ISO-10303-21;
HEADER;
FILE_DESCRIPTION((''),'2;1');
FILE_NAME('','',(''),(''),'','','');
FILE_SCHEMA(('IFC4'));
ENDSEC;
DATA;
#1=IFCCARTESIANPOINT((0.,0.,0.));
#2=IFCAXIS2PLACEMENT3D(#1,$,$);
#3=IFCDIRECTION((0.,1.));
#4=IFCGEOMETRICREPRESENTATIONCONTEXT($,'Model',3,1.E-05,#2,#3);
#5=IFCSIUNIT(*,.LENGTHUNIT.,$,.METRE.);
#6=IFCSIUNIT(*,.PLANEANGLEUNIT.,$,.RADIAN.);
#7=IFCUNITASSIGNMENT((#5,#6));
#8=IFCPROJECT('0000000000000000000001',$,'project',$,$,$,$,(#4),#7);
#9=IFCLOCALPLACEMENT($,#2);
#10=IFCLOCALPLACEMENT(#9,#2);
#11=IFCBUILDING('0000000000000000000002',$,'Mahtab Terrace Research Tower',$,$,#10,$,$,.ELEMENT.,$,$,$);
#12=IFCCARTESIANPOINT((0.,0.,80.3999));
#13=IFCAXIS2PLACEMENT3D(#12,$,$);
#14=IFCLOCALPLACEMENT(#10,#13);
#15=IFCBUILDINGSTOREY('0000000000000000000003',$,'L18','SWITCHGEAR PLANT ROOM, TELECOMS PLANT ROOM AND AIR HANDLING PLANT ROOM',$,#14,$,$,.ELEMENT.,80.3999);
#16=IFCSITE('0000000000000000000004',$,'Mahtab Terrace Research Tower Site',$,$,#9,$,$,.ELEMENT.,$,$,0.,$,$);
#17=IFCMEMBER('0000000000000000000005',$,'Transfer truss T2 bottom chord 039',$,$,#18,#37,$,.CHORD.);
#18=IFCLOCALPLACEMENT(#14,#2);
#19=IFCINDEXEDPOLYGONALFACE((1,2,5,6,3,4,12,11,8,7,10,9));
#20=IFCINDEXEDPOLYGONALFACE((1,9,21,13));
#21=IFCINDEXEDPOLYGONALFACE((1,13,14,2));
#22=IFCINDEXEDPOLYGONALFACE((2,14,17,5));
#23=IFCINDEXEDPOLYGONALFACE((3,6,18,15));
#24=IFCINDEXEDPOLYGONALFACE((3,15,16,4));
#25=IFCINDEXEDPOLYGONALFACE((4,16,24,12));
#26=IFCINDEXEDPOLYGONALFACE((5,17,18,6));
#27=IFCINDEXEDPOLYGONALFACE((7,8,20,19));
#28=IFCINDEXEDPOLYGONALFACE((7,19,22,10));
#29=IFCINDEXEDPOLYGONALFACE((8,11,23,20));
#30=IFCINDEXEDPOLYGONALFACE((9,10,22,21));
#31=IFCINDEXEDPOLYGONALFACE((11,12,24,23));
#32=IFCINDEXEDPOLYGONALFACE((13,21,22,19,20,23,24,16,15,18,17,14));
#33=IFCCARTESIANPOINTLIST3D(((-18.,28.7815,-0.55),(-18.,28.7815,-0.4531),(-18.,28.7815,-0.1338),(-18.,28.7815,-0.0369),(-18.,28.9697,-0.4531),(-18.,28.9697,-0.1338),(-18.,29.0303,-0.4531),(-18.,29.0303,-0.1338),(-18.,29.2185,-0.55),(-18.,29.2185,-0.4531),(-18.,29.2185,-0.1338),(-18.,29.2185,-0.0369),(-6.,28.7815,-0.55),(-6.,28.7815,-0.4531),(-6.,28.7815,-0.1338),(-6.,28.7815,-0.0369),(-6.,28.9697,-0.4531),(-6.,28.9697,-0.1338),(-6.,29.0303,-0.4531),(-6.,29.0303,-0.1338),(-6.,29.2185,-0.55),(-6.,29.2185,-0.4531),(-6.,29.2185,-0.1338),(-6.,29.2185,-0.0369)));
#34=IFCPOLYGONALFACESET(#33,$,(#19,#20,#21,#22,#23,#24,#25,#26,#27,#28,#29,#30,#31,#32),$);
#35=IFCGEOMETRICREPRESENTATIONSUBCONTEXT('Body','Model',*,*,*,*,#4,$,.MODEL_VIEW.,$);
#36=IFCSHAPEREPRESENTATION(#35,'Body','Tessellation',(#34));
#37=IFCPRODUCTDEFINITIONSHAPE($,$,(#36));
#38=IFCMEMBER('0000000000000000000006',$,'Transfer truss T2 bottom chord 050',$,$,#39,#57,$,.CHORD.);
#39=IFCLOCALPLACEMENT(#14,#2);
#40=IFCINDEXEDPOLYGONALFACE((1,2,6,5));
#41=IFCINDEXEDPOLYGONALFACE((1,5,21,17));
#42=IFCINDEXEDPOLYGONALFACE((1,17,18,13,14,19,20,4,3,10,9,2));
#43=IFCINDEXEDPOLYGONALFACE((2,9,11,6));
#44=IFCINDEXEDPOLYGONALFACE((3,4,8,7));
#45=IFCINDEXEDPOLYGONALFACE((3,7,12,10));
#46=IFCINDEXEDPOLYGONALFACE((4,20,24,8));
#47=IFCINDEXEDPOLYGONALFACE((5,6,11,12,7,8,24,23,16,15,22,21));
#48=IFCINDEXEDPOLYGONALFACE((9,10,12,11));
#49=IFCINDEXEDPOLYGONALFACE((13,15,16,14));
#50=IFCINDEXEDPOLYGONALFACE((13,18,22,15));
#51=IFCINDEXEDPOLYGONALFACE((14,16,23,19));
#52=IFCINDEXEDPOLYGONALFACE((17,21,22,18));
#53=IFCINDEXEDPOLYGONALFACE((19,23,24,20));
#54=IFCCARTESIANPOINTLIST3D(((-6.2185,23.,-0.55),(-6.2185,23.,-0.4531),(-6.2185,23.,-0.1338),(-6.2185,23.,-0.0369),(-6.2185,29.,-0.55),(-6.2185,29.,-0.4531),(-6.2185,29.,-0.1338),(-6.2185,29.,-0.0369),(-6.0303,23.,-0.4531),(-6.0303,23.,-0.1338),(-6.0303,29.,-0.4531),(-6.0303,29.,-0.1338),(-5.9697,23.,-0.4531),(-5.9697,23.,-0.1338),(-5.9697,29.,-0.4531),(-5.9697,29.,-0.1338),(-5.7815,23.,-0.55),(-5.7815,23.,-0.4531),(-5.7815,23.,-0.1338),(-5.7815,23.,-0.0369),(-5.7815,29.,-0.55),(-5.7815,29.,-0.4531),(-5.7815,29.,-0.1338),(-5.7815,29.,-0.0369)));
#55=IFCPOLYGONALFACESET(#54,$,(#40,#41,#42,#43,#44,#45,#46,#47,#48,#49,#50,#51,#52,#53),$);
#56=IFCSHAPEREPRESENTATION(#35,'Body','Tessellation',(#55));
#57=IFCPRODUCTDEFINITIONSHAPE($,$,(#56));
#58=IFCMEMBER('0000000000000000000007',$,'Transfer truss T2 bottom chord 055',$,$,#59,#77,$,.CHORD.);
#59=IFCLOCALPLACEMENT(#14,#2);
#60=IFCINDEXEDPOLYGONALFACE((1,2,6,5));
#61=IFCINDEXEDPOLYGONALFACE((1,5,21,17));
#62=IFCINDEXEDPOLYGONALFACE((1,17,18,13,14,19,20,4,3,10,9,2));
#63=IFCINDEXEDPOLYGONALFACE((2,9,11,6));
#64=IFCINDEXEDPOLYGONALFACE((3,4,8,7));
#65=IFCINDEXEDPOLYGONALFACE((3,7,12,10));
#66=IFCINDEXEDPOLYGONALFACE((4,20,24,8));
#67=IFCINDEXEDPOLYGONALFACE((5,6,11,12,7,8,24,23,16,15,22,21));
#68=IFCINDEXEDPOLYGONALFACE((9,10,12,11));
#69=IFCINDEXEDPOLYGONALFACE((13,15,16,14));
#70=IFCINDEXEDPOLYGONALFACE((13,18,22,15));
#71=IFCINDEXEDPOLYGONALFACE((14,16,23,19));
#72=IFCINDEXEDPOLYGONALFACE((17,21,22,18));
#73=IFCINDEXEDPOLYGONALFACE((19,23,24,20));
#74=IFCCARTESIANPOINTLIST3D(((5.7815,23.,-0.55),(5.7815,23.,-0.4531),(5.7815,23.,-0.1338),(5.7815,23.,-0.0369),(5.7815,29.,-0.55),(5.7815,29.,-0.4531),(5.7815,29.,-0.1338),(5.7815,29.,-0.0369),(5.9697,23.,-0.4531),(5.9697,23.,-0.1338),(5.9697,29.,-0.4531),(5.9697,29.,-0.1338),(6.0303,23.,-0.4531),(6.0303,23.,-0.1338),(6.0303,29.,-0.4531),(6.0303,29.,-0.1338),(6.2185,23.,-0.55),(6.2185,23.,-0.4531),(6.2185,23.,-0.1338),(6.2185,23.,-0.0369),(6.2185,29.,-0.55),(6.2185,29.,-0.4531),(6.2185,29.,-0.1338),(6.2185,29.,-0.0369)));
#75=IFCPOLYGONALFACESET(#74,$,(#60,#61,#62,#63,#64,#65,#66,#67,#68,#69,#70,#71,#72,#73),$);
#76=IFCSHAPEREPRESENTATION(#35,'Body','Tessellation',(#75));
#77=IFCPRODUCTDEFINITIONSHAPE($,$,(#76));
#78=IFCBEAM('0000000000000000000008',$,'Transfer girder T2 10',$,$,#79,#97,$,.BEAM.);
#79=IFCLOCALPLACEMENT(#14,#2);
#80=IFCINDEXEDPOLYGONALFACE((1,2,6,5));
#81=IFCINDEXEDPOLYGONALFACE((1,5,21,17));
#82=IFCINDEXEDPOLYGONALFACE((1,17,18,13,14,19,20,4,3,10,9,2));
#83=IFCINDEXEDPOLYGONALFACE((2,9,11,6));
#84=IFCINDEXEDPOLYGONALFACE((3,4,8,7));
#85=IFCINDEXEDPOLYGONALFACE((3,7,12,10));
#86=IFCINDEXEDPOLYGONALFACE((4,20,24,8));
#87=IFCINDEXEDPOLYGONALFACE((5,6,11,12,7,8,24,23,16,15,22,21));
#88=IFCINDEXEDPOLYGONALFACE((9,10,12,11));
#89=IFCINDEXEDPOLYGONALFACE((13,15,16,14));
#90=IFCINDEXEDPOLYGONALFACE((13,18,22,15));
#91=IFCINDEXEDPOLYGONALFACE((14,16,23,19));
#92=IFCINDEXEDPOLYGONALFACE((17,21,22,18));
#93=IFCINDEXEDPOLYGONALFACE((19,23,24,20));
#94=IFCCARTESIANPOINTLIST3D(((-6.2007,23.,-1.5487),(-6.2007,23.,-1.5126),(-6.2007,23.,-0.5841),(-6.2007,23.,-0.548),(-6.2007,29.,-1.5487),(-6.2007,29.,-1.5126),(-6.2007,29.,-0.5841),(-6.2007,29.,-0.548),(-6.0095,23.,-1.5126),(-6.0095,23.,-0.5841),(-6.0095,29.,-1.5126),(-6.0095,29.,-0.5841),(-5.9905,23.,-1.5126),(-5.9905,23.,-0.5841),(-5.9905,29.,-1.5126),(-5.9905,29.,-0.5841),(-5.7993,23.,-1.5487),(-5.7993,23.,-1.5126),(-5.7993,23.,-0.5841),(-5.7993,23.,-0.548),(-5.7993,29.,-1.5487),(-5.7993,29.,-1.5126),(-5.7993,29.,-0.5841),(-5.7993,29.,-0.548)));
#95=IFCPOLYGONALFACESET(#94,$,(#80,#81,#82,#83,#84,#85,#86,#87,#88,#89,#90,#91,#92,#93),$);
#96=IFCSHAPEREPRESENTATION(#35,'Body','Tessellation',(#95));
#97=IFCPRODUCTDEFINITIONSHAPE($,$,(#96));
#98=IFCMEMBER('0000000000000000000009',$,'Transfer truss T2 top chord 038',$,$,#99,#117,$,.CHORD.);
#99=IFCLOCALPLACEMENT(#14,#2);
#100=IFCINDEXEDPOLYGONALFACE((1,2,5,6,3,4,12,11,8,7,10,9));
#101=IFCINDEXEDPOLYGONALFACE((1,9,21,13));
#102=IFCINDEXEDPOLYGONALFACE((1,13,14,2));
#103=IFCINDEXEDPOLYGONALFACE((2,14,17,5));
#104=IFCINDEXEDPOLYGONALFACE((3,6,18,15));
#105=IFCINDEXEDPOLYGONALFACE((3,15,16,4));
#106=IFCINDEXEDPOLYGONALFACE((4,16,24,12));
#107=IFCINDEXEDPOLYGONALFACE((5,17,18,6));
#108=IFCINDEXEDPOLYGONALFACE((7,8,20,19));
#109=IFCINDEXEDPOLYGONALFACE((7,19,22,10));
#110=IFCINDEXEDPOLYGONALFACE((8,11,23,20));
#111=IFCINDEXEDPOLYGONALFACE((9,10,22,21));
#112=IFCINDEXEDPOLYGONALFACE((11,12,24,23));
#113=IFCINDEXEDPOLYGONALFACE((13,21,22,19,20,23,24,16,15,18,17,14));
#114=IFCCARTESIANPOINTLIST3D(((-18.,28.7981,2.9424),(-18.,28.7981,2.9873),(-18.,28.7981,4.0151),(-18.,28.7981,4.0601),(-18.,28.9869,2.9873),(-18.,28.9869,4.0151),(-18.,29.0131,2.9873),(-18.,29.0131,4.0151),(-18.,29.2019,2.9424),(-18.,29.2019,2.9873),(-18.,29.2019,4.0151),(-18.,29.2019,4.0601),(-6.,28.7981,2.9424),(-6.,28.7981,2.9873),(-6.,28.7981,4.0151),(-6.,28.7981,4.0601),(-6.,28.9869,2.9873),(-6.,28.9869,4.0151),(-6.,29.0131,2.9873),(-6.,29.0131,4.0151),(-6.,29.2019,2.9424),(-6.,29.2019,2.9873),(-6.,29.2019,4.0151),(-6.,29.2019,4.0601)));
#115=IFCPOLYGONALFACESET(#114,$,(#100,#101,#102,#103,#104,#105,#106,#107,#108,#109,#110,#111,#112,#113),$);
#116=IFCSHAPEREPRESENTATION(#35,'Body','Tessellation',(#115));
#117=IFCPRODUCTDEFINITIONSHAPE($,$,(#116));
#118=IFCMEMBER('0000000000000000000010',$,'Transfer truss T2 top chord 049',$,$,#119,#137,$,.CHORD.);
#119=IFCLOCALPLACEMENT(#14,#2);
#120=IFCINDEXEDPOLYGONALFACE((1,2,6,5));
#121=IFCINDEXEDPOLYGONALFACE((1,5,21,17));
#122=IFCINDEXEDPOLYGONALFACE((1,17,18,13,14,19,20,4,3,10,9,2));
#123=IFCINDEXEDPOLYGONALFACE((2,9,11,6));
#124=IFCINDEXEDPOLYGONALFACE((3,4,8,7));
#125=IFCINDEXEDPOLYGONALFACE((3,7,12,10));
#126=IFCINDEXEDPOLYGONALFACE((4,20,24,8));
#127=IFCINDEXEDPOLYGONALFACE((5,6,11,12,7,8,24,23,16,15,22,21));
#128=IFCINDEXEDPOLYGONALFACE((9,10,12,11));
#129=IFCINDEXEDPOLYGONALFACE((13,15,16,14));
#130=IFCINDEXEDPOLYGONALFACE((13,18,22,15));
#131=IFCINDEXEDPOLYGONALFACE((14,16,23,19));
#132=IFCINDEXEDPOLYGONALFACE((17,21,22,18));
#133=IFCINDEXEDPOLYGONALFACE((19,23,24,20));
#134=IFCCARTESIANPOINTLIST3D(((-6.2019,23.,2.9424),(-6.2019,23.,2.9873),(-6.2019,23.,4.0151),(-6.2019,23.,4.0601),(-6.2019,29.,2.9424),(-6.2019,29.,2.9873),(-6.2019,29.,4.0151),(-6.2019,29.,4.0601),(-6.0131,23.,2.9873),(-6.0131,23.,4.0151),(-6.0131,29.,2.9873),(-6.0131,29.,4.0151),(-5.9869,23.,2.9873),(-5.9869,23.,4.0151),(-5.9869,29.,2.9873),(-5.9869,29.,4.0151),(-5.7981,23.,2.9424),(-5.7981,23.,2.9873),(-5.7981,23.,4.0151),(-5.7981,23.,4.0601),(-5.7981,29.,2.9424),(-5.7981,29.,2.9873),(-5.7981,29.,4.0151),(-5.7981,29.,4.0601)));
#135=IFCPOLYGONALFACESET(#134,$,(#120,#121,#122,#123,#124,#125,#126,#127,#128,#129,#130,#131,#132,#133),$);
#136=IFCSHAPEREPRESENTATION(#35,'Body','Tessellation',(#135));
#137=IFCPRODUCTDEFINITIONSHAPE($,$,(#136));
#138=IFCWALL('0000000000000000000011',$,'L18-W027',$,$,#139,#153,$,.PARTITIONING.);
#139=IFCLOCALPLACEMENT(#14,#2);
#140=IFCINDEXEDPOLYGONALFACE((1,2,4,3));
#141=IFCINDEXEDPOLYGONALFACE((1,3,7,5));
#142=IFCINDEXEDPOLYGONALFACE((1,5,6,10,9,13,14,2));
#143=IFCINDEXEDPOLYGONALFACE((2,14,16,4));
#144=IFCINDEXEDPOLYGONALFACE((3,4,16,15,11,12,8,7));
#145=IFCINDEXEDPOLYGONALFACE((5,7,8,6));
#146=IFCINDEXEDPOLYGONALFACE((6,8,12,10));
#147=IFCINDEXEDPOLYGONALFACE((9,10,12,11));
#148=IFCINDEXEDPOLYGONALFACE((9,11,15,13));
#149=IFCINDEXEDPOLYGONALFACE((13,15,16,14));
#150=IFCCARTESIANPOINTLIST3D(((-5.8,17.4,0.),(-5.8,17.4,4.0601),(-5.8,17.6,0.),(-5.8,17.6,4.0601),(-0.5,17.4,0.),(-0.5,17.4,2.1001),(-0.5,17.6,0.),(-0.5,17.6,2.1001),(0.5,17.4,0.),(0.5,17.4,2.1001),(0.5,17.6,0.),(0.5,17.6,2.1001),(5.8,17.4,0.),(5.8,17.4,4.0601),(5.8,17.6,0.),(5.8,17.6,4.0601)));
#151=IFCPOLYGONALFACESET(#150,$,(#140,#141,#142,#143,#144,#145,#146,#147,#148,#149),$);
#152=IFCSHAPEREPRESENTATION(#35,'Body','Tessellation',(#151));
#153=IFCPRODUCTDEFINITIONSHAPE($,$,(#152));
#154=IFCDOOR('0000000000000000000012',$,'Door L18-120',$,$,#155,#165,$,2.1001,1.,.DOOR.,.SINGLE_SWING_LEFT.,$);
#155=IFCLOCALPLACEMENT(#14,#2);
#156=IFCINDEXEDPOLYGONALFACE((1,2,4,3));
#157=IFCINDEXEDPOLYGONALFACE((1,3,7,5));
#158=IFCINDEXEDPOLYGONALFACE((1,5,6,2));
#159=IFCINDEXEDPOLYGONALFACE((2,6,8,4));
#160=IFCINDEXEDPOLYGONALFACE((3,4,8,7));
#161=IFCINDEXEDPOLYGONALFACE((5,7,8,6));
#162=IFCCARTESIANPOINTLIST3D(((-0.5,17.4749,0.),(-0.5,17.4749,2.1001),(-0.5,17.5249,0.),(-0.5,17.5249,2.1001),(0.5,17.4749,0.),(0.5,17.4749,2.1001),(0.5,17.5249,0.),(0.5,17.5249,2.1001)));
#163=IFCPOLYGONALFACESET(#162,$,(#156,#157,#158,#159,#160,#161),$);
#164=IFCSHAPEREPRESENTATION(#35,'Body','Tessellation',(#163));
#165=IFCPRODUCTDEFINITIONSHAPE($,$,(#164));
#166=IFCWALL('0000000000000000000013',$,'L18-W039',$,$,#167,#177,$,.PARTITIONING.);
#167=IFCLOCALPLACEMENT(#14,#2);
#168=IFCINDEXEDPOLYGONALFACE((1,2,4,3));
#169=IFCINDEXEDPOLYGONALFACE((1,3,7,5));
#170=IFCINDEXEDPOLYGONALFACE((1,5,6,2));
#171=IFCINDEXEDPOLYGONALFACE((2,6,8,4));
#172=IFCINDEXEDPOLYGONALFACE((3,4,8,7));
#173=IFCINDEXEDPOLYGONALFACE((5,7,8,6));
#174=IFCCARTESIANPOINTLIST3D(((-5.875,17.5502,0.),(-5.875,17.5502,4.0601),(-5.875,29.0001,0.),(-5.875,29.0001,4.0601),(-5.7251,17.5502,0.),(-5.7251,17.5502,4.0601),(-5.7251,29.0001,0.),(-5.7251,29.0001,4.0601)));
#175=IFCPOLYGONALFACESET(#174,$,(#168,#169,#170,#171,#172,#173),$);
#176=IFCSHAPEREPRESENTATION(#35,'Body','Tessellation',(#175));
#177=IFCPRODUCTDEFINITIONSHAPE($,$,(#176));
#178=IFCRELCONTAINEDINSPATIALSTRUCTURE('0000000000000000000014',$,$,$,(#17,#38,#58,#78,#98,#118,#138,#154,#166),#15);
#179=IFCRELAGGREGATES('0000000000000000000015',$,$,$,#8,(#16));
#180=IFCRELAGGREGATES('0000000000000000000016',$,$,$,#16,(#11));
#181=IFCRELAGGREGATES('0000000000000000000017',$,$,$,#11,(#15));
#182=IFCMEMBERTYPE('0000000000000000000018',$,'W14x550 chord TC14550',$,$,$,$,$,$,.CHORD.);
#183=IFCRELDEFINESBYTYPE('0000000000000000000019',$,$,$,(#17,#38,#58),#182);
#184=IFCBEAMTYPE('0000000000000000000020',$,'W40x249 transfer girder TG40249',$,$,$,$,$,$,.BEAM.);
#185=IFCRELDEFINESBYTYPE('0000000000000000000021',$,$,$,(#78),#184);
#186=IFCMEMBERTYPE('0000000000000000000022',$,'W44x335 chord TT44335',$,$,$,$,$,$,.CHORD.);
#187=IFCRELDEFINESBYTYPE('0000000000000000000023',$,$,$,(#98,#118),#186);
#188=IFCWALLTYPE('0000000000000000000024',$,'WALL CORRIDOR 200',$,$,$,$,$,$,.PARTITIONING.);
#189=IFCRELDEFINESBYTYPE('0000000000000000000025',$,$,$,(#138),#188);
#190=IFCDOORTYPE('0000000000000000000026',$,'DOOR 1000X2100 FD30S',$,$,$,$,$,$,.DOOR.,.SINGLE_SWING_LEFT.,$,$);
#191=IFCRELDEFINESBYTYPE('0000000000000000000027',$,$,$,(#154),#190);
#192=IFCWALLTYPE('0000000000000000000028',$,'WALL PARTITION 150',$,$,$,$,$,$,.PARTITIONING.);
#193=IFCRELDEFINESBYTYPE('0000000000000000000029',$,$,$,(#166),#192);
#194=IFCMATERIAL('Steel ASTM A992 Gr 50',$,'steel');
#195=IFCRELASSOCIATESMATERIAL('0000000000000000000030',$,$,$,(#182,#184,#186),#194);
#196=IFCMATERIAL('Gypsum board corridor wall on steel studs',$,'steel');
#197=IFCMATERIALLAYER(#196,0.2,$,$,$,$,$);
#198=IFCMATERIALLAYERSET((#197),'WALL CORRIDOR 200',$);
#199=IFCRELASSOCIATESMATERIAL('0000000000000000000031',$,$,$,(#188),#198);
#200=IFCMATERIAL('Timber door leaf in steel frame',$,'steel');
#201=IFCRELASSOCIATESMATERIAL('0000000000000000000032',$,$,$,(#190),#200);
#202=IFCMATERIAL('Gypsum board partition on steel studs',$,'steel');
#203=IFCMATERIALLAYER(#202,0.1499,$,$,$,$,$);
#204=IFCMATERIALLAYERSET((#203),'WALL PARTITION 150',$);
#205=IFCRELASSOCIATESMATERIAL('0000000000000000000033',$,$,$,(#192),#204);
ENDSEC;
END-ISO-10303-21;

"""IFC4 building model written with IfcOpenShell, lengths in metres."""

from ifc_helpers import new_model, si_unit, direction, frame, frame_2d, origin, origin_2d, place, context, subcontext, project, spatial, rectangle, i_section, extrude, material, layer, layer_set, material_profile, profile_set, type_object, element, fill, save


model = new_model("IFC4")

# Units and contexts
model_context = context("Model", 3, precision=1e-05, world=origin(), true_north=direction((0.0, 1.0)))
body_context = subcontext(model_context, "Body", "Model", "MODEL_VIEW")
ifc_project = project(units=[si_unit("LENGTHUNIT", "METRE"), si_unit("PLANEANGLEUNIT", "RADIAN")], contexts=[model_context])

# Site, building, storey
site_placement = place(None, origin())
site = spatial("IfcSite", under=ifc_project, at=site_placement, Name="Mahtab Terrace Research Tower Site", CompositionType="ELEMENT", RefElevation=0.0)
building_placement = place(site_placement, origin())
building = spatial("IfcBuilding", under=site, at=building_placement, Name="Mahtab Terrace Research Tower", CompositionType="ELEMENT")
storey_placement = place(building_placement, frame((0.0, 0.0, 80.3999)))
storey = spatial("IfcBuildingStorey", under=building, at=storey_placement, Name="L18", Description="SWITCHGEAR PLANT ROOM, TELECOMS PLANT ROOM AND AIR HANDLING PLANT ROOM", CompositionType="ELEMENT", Elevation=80.3999)

# Shared definitions
ifc_material_1 = material(Name="Steel ASTM A992 Gr 50", Category="steel")

# Members
ifc_material_profile_1 = material_profile(ifc_material_1, i_section(OverallWidth=0.437, OverallDepth=0.5132, WebThickness=0.0605, FlangeThickness=0.0969, at=origin_2d()), Name="W14X550")
ifc_profile_set_1 = profile_set([ifc_material_profile_1], Name="Steel ASTM A992 Gr 50")
member_type_1 = type_object("IfcMemberType", Name="W14x550 chord TC14550", PredefinedType="CHORD", material=ifc_profile_set_1)
for number, where, z_axis, x_axis, name in (
    (1, (-6.0, 29.0, -0.2935), (-1.0, 0.0, 0.0), (0.0, -1.0, 0.0), "Transfer truss T2 bottom chord 039"),
):
    element("IfcMember", number, at=place(storey_placement, frame(where, z_axis=z_axis, x_axis=x_axis)), inside=storey, type_object=member_type_1, Name=name, PredefinedType="CHORD", context=body_context, shape_type="SweptSolid", body=[
        extrude(i_section(OverallWidth=0.437, OverallDepth=0.5132, WebThickness=0.0605, FlangeThickness=0.0969, at=origin_2d()), origin(), (0.0, 0.0, 1.0), 12.0),
    ])
for number, where, z_axis, x_axis, name in (
    (2, (-6.0, 23.0, -0.2935), (0.0, 1.0, 0.0), (-1.0, 0.0, 0.0), "Transfer truss T2 bottom chord 050"),
    (3, (6.0, 23.0, -0.2935), (0.0, 1.0, 0.0), (-1.0, 0.0, 0.0), "Transfer truss T2 bottom chord 055"),
):
    element("IfcMember", number, at=place(storey_placement, frame(where, z_axis=z_axis, x_axis=x_axis)), inside=storey, type_object=member_type_1, Name=name, PredefinedType="CHORD", context=body_context, shape_type="SweptSolid", body=[
        extrude(i_section(OverallWidth=0.437, OverallDepth=0.5132, WebThickness=0.0605, FlangeThickness=0.0969, at=origin_2d()), origin(), (0.0, 0.0, 1.0), 6.0),
    ])

# Beam
ifc_material_profile_2 = material_profile(ifc_material_1, i_section(OverallWidth=0.4014, OverallDepth=1.0007, WebThickness=0.019, FlangeThickness=0.0361, at=origin_2d()), Name="W40X249")
ifc_profile_set_2 = profile_set([ifc_material_profile_2], Name="Steel ASTM A992 Gr 50")
beam_type = type_object("IfcBeamType", Name="W40x249 transfer girder TG40249", PredefinedType="BEAM", material=ifc_profile_set_2)
beam_placement = place(storey_placement, frame((-6.0, 23.0, -1.0483), z_axis=(0.0, 1.0, 0.0), x_axis=(-1.0, 0.0, 0.0)))
element("IfcBeam", 4, at=beam_placement, inside=storey, type_object=beam_type, Name="Transfer girder T2 10", PredefinedType="BEAM", context=body_context, shape_type="SweptSolid", body=[
    extrude(i_section(OverallWidth=0.4014, OverallDepth=1.0007, WebThickness=0.019, FlangeThickness=0.0361, at=origin_2d()), origin(), (0.0, 0.0, 1.0), 6.0),
])

# Members
ifc_material_profile_3 = material_profile(ifc_material_1, i_section(OverallWidth=0.4038, OverallDepth=1.1177, WebThickness=0.0261, FlangeThickness=0.0449, at=origin_2d()), Name="W44X335")
ifc_profile_set_3 = profile_set([ifc_material_profile_3], Name="Steel ASTM A992 Gr 50")
member_type_2 = type_object("IfcMemberType", Name="W44x335 chord TT44335", PredefinedType="CHORD", material=ifc_profile_set_3)
member_1_placement = place(storey_placement, frame((-6.0, 29.0, 3.5012), z_axis=(-1.0, 0.0, 0.0), x_axis=(0.0, -1.0, 0.0)))
element("IfcMember", 5, at=member_1_placement, inside=storey, type_object=member_type_2, Name="Transfer truss T2 top chord 038", PredefinedType="CHORD", context=body_context, shape_type="SweptSolid", body=[
    extrude(i_section(OverallWidth=0.4038, OverallDepth=1.1177, WebThickness=0.0261, FlangeThickness=0.0449, at=origin_2d()), origin(), (0.0, 0.0, 1.0), 12.0),
])
member_2_placement = place(storey_placement, frame((-6.0, 23.0, 3.5012), z_axis=(0.0, 1.0, 0.0), x_axis=(-1.0, 0.0, 0.0)))
element("IfcMember", 6, at=member_2_placement, inside=storey, type_object=member_type_2, Name="Transfer truss T2 top chord 049", PredefinedType="CHORD", context=body_context, shape_type="SweptSolid", body=[
    extrude(i_section(OverallWidth=0.4038, OverallDepth=1.1177, WebThickness=0.0261, FlangeThickness=0.0449, at=origin_2d()), origin(), (0.0, 0.0, 1.0), 6.0),
])

# Wall, opening, door
ifc_material_2 = material(Name="Gypsum board corridor wall on steel studs", Category="steel")
ifc_layer_1 = layer(ifc_material_2, 0.2)
ifc_layer_set_1 = layer_set([ifc_layer_1], Name="WALL CORRIDOR 200")
wall_type_1 = type_object("IfcWallType", Name="WALL CORRIDOR 200", PredefinedType="PARTITIONING", material=ifc_layer_set_1)
wall_placement = place(storey_placement, frame((-5.8, 17.5, 0.0), z_axis=(0.0, 0.0, 1.0), x_axis=(1.0, 0.0, 0.0)))
wall = element("IfcWall", 7, at=wall_placement, inside=storey, type_object=wall_type_1, Name="L18-W027", PredefinedType="PARTITIONING", context=body_context, shape_type="SweptSolid", body=[
    extrude(rectangle(XDim=11.6001, YDim=0.2, at=frame_2d((5.8, 0.0))), origin(), (0.0, 0.0, 1.0), 4.0601),
])
opening_placement = place(wall_placement, frame((5.3, 0.0, 0.0)))
opening = element("IfcOpeningElement", 8, at=opening_placement, cuts=wall, PredefinedType="OPENING", context=body_context, shape_type="SweptSolid", body=[
    extrude(rectangle(XDim=1.0, YDim=2.1001, at=frame_2d((0.5, 1.05))), frame((0.0, 0.1099, 0.0), z_axis=(0.0, -1.0, 0.0), x_axis=(1.0, 0.0, 0.0)), (0.0, 0.0, 1.0), 0.22),
])
ifc_material_3 = material(Name="Timber door leaf in steel frame", Category="steel")
door_type = type_object("IfcDoorType", Name="DOOR 1000X2100 FD30S", OperationType="SINGLE_SWING_LEFT", PredefinedType="DOOR", material=ifc_material_3)
door_placement = place(opening_placement, origin())
door = element("IfcDoor", 9, at=door_placement, inside=storey, type_object=door_type, Name="Door L18-120", OperationType="SINGLE_SWING_LEFT", OverallHeight=2.1001, OverallWidth=1.0, PredefinedType="DOOR", context=body_context, shape_type="SweptSolid", body=[
    extrude(rectangle(XDim=1.0, YDim=2.1001, at=frame_2d((0.5, 1.05))), frame((0.0, 0.0249, 0.0), z_axis=(0.0, -1.0, 0.0), x_axis=(1.0, 0.0, 0.0)), (0.0, 0.0, 1.0), 0.05),
])
fill(opening, door)

# Wall
ifc_material_4 = material(Name="Gypsum board partition on steel studs", Category="steel")
ifc_layer_2 = layer(ifc_material_4, 0.1499)
ifc_layer_set_2 = layer_set([ifc_layer_2], Name="WALL PARTITION 150")
wall_type_2 = type_object("IfcWallType", Name="WALL PARTITION 150", PredefinedType="PARTITIONING", material=ifc_layer_set_2)
for number, where, z_axis, x_axis, name in (
    (10, (-5.8, 17.55, 0.0), (0.0, 0.0, 1.0), (0.0, 1.0, 0.0), "L18-W039"),
):
    element("IfcWall", number, at=place(storey_placement, frame(where, z_axis=z_axis, x_axis=x_axis)), inside=storey, type_object=wall_type_2, Name=name, PredefinedType="PARTITIONING", context=body_context, shape_type="SweptSolid", body=[
        extrude(rectangle(XDim=11.45, YDim=0.1499, at=frame_2d((5.7251, 0.0))), origin(), (0.0, 0.0, 1.0), 4.0601),
    ])

save(model, "model.ifc")
